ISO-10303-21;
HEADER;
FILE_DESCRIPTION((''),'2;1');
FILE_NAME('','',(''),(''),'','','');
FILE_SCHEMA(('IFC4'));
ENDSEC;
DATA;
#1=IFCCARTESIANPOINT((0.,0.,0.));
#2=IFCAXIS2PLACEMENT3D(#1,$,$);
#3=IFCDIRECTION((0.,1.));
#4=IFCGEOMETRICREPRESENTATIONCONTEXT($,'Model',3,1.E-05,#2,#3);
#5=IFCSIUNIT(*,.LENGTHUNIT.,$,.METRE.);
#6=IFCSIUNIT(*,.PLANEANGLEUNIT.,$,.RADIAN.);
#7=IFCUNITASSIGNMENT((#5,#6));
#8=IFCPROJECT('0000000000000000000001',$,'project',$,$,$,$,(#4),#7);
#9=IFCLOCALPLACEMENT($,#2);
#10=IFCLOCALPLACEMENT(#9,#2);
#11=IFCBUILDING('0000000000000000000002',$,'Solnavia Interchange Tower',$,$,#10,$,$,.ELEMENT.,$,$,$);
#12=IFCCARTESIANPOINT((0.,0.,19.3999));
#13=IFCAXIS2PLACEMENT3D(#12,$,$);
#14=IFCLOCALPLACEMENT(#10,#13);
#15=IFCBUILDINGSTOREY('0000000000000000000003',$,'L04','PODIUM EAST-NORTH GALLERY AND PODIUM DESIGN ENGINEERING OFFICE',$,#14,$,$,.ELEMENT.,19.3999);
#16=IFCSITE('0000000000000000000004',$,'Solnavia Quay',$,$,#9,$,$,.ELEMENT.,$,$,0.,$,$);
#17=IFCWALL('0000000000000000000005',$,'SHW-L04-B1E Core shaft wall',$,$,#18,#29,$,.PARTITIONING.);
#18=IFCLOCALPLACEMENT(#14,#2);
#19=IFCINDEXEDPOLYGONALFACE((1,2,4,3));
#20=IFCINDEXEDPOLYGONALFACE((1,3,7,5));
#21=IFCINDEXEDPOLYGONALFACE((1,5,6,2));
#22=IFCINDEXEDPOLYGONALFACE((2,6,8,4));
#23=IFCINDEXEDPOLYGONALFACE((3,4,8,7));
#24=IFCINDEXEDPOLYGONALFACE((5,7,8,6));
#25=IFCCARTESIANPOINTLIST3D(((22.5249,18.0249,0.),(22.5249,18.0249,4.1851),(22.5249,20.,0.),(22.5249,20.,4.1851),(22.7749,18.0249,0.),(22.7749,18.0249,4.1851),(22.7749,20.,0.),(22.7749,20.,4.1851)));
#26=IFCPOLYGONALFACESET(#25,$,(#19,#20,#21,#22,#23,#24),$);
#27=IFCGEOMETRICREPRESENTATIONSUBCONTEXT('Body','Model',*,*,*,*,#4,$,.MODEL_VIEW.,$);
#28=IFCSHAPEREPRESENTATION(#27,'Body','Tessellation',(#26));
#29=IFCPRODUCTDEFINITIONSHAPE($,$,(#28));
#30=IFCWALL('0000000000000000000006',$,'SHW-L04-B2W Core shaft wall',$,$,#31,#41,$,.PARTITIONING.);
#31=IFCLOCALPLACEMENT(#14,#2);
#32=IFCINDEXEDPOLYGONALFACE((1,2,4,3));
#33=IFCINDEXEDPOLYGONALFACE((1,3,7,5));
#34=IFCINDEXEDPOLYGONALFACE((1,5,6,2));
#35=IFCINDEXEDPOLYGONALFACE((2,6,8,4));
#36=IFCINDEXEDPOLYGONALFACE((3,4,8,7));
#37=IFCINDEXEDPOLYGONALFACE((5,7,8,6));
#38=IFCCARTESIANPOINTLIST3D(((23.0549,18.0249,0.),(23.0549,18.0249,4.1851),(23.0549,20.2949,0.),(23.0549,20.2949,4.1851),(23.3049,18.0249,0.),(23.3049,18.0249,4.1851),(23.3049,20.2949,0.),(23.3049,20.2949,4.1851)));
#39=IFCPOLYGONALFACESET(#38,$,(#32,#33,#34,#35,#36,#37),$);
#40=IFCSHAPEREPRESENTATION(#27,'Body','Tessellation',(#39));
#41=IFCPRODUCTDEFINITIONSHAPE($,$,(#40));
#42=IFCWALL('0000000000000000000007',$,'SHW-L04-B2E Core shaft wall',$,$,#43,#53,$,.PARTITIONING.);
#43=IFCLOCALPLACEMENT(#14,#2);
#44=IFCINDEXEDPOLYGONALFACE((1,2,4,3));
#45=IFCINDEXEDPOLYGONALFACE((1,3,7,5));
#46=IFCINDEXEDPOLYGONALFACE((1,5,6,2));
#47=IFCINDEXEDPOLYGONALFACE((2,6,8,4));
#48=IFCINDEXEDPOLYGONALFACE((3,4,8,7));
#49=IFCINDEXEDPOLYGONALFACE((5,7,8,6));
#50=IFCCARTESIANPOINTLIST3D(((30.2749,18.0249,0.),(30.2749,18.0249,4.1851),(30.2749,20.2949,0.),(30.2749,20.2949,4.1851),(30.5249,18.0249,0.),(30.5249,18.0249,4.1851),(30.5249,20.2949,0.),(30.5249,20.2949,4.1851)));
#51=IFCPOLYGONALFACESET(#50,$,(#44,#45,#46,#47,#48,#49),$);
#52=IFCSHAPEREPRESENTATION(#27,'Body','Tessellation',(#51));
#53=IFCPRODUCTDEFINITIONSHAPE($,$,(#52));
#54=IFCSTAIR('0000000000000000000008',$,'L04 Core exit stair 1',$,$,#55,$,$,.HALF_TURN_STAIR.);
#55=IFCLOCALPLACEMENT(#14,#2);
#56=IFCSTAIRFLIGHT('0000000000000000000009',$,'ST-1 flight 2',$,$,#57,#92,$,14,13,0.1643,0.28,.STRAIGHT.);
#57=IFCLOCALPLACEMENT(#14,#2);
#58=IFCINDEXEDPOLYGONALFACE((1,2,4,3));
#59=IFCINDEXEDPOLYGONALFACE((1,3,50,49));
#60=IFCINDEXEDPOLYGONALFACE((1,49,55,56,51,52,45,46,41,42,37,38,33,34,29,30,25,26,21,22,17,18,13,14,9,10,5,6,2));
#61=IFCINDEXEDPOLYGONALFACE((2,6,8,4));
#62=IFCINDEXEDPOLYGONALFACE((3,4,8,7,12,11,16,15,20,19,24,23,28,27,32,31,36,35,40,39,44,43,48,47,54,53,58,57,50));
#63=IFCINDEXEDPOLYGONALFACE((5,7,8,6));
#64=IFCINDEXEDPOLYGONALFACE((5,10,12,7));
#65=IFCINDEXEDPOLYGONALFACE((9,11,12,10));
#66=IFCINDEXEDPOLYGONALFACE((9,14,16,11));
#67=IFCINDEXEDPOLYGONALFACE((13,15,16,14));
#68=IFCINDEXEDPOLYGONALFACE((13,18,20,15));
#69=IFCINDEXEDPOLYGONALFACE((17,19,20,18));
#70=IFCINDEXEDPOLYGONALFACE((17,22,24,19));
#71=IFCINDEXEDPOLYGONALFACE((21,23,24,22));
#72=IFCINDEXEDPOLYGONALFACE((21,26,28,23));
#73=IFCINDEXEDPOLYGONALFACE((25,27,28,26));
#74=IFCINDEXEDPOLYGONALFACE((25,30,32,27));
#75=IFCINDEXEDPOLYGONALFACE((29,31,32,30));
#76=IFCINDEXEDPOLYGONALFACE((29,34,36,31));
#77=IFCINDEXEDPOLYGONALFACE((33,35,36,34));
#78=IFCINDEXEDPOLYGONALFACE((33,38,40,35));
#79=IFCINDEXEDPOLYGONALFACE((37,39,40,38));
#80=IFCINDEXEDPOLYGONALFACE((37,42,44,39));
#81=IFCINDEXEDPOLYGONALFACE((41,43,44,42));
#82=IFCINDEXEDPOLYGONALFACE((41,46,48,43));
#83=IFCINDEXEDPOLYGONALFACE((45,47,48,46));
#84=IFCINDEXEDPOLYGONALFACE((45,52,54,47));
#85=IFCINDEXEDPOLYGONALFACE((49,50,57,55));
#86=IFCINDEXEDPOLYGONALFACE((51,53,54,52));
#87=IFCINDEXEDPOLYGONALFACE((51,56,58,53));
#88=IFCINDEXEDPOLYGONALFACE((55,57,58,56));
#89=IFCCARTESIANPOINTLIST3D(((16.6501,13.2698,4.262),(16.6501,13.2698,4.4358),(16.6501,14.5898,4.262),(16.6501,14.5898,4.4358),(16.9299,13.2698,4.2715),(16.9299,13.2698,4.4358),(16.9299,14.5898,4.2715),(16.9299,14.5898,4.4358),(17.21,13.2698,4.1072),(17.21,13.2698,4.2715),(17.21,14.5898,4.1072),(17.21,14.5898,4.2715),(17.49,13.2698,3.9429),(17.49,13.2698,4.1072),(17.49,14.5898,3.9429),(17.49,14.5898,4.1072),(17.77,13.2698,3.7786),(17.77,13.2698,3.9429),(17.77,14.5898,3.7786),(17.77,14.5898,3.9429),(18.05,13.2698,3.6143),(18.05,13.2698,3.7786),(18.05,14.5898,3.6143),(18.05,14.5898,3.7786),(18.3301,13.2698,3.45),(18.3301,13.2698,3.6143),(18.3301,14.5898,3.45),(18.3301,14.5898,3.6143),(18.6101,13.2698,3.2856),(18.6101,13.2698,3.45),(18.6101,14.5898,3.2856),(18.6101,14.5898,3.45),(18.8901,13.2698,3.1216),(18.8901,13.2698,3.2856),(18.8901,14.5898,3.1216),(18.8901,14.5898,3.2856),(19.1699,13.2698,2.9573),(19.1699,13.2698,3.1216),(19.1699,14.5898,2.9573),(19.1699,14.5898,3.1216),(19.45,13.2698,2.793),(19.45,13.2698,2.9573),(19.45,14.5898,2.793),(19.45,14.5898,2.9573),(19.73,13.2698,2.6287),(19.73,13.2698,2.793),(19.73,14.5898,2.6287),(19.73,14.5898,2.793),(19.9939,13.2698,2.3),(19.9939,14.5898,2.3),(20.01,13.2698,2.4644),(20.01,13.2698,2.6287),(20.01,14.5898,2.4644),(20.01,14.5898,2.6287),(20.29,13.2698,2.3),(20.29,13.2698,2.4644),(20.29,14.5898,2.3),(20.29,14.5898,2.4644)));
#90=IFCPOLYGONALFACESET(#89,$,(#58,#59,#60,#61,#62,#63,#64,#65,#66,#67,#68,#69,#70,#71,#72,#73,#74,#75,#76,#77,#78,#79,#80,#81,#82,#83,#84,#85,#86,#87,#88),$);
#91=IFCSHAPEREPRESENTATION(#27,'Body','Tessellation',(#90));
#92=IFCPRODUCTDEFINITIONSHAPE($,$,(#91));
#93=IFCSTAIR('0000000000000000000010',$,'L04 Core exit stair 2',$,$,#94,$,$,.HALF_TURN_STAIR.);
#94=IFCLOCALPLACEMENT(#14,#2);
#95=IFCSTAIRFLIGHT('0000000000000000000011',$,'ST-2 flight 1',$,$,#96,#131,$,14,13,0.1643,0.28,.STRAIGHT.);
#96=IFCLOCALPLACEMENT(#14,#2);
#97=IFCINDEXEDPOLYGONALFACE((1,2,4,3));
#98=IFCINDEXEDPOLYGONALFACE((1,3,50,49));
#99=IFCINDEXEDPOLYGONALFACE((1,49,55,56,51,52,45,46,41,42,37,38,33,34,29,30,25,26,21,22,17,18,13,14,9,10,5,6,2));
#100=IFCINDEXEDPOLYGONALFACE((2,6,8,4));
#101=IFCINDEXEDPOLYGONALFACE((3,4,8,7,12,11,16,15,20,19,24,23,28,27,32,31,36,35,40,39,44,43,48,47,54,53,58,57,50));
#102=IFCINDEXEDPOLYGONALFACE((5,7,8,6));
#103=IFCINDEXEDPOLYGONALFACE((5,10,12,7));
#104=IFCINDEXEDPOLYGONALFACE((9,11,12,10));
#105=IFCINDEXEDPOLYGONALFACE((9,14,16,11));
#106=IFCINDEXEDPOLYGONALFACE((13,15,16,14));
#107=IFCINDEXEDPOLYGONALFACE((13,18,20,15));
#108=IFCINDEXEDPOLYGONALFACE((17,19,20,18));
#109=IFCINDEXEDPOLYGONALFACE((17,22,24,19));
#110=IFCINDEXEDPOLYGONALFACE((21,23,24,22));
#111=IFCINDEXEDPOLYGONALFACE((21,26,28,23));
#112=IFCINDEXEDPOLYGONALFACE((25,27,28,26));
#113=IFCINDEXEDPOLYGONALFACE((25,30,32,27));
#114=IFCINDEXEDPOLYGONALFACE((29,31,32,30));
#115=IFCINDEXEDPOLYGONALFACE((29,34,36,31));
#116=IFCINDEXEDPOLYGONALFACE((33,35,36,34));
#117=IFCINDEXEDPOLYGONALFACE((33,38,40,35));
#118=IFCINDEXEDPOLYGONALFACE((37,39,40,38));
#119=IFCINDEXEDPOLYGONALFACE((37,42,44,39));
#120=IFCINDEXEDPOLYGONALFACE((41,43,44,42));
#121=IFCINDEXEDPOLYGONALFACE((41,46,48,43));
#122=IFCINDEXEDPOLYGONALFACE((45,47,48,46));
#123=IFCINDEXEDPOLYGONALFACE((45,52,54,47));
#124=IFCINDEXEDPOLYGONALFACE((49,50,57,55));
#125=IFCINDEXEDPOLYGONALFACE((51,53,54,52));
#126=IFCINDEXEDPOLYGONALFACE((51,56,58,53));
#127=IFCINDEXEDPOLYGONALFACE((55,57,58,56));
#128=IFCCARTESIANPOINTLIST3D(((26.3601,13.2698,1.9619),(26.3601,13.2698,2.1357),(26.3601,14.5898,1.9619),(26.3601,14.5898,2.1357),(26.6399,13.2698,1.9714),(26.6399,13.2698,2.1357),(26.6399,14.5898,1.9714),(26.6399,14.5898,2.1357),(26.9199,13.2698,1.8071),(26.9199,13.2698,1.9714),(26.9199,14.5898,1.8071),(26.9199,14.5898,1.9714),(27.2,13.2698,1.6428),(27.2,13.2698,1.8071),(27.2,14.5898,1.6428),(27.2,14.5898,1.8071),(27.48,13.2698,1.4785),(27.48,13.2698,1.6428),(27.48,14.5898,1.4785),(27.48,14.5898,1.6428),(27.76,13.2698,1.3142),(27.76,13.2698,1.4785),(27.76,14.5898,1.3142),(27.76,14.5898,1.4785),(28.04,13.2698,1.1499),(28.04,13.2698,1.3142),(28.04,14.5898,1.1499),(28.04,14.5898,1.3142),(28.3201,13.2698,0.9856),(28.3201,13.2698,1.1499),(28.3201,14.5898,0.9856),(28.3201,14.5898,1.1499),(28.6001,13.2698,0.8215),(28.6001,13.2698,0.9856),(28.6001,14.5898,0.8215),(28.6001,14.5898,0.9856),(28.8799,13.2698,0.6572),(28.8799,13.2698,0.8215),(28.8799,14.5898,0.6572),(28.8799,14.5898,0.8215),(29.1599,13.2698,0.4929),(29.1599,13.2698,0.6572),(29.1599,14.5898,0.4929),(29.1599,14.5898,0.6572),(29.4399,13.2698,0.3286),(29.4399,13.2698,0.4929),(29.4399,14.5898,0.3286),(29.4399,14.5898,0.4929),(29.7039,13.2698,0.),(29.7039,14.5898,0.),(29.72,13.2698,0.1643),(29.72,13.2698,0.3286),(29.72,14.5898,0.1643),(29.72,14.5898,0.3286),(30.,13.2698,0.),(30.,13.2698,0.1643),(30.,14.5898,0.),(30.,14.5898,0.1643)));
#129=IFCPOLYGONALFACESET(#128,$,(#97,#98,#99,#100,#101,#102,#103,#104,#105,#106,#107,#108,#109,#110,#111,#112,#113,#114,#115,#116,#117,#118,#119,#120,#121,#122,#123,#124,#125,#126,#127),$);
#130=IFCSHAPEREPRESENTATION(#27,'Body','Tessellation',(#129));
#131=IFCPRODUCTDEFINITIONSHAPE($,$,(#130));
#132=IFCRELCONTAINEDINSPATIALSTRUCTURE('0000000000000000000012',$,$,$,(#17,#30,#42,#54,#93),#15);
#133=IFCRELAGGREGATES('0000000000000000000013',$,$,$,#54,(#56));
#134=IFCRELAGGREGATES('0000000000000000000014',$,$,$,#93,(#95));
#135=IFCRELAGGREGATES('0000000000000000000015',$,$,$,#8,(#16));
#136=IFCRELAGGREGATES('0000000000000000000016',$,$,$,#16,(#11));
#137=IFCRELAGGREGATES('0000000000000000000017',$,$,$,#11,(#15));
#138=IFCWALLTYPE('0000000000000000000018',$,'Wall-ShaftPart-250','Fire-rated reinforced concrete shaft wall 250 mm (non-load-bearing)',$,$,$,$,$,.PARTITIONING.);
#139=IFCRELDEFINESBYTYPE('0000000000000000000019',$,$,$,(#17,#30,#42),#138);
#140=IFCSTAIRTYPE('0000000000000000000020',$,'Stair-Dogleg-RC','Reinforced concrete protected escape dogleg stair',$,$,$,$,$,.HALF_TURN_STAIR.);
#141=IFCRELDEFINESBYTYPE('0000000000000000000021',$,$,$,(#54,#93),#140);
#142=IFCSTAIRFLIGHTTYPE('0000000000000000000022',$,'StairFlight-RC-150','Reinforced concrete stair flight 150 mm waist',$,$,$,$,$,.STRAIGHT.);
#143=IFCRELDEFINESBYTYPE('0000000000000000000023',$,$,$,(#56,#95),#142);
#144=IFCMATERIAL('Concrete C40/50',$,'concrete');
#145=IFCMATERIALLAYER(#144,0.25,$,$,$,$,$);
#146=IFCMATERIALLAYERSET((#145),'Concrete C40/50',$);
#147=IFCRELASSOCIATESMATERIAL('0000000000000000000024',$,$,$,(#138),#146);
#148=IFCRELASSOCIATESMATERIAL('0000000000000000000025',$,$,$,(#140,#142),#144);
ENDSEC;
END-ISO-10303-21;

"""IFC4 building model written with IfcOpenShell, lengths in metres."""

from ifc_helpers import new_model, si_unit, direction, frame, frame_2d, origin, place, context, subcontext, project, spatial, polyline, rectangle, outline, extrude, material, layer, layer_set, type_object, element, aggregate, save


model = new_model("IFC4")

# Units and contexts
model_context = context("Model", 3, precision=1e-05, world=origin(), true_north=direction((0.0, 1.0)))
body_context = subcontext(model_context, "Body", "Model", "MODEL_VIEW")
ifc_project = project(units=[si_unit("LENGTHUNIT", "METRE"), si_unit("PLANEANGLEUNIT", "RADIAN")], contexts=[model_context])

# Site, building, storey
site_placement = place(None, origin())
site = spatial("IfcSite", under=ifc_project, at=site_placement, Name="Solnavia Quay", CompositionType="ELEMENT", RefElevation=0.0)
building_placement = place(site_placement, origin())
building = spatial("IfcBuilding", under=site, at=building_placement, Name="Solnavia Interchange Tower", CompositionType="ELEMENT")
storey_placement = place(building_placement, frame((0.0, 0.0, 19.3999)))
storey = spatial("IfcBuildingStorey", under=building, at=storey_placement, Name="L04", Description="PODIUM EAST-NORTH GALLERY AND PODIUM DESIGN ENGINEERING OFFICE", CompositionType="ELEMENT", Elevation=19.3999)

# Shared definitions
ifc_material_1 = material(Name="Concrete C40/50", Category="concrete")
ifc_layer_1 = layer(ifc_material_1, 0.25)
ifc_layer_set_1 = layer_set([ifc_layer_1], Name="Concrete C40/50")
wall_type_1 = type_object("IfcWallType", Name="Wall-ShaftPart-250", Description="Fire-rated reinforced concrete shaft wall 250 mm (non-load-bearing)", PredefinedType="PARTITIONING", material=ifc_layer_set_1)

# Walls
wall_1_placement = place(storey_placement, frame((22.6499, 18.0249, 0.0), z_axis=(0.0, 0.0, 1.0), x_axis=(0.0, 1.0, 0.0)))
element("IfcWall", 1, at=wall_1_placement, inside=storey, type_object=wall_type_1, Name="SHW-L04-B1E Core shaft wall", PredefinedType="PARTITIONING", context=body_context, shape_type="SweptSolid", body=[
    extrude(rectangle(XDim=1.9751, YDim=0.25, at=frame_2d((0.9875, 0.0))), origin(), (0.0, 0.0, 1.0), 4.1851),
])
for number, where, z_axis, x_axis, name in (
    (2, (23.1799, 18.0249, 0.0), (0.0, 0.0, 1.0), (0.0, 1.0, 0.0), "SHW-L04-B2W Core shaft wall"),
    (3, (30.3999, 18.0249, 0.0), (0.0, 0.0, 1.0), (0.0, 1.0, 0.0), "SHW-L04-B2E Core shaft wall"),
):
    element("IfcWall", number, at=place(storey_placement, frame(where, z_axis=z_axis, x_axis=x_axis)), inside=storey, type_object=wall_type_1, Name=name, PredefinedType="PARTITIONING", context=body_context, shape_type="SweptSolid", body=[
        extrude(rectangle(XDim=2.27, YDim=0.25, at=frame_2d((1.135, 0.0))), origin(), (0.0, 0.0, 1.0), 4.1851),
    ])

# Stairs, stair flights
stair_type = type_object("IfcStairType", Name="Stair-Dogleg-RC", Description="Reinforced concrete protected escape dogleg stair", PredefinedType="HALF_TURN_STAIR", material=ifc_material_1)
stair_1_placement = place(storey_placement, origin())
stair_1 = element("IfcStair", 4, at=stair_1_placement, inside=storey, type_object=stair_type, Name="L04 Core exit stair 1", PredefinedType="HALF_TURN_STAIR")
stair_flight_type = type_object("IfcStairFlightType", Name="StairFlight-RC-150", Description="Reinforced concrete stair flight 150 mm waist", PredefinedType="STRAIGHT", material=ifc_material_1)
stair_flight_1_placement = place(storey_placement, frame((20.29, 13.9299, 2.3), z_axis=(0.0, 0.0, 1.0), x_axis=(-1.0, 0.0, 0.0)))
stair_flight_1 = element("IfcStairFlight", 5, at=stair_flight_1_placement, type_object=stair_flight_type, Name="ST-1 flight 2", NumberOfRisers=14, NumberOfTreads=13, PredefinedType="STRAIGHT", RiserHeight=0.1643, TreadLength=0.28, context=body_context, shape_type="SweptSolid", body=[
    extrude(outline(polyline([(0.0, 0.0), (0.0, 0.1643), (0.28, 0.1643), (0.28, 0.3286), (0.5601, 0.3286), (0.5601, 0.4929), (0.8401, 0.4929), (0.8401, 0.6572), (1.1201, 0.6572), (1.1201, 0.8215), (1.3999, 0.8215), (1.3999, 0.9856), (1.6799, 0.9856), (1.6799, 1.1499), (1.96, 1.1499), (1.96, 1.3142), (2.24, 1.3142), (2.24, 1.4785), (2.52, 1.4785), (2.52, 1.6428), (2.8, 1.6428), (2.8, 1.8071), (3.0801, 1.8071), (3.0801, 1.9714), (3.3601, 1.9714), (3.3601, 2.1357), (3.6399, 2.1357), (3.6399, 2.3), (3.6399, 1.9619), (0.2961, 0.0), (0.0, 0.0)])), frame((0.0, 0.6602, 0.0), z_axis=(0.0, -1.0, 0.0), x_axis=(1.0, 0.0, 0.0)), (0.0, 0.0, 1.0), 1.3201),
])
aggregate(stair_1, [stair_flight_1])
stair_2_placement = place(storey_placement, origin())
stair_2 = element("IfcStair", 6, at=stair_2_placement, inside=storey, type_object=stair_type, Name="L04 Core exit stair 2", PredefinedType="HALF_TURN_STAIR")
stair_flight_2_placement = place(storey_placement, frame((30.0, 13.9299, 0.0), z_axis=(0.0, 0.0, 1.0), x_axis=(-1.0, 0.0, 0.0)))
stair_flight_2 = element("IfcStairFlight", 7, at=stair_flight_2_placement, type_object=stair_flight_type, Name="ST-2 flight 1", NumberOfRisers=14, NumberOfTreads=13, PredefinedType="STRAIGHT", RiserHeight=0.1643, TreadLength=0.28, context=body_context, shape_type="SweptSolid", body=[
    extrude(outline(polyline([(0.0, 0.0), (0.0, 0.1643), (0.28, 0.1643), (0.28, 0.3286), (0.5601, 0.3286), (0.5601, 0.4929), (0.8401, 0.4929), (0.8401, 0.6572), (1.1201, 0.6572), (1.1201, 0.8215), (1.3999, 0.8215), (1.3999, 0.9856), (1.6799, 0.9856), (1.6799, 1.1499), (1.96, 1.1499), (1.96, 1.3142), (2.24, 1.3142), (2.24, 1.4785), (2.52, 1.4785), (2.52, 1.6428), (2.8, 1.6428), (2.8, 1.8071), (3.0801, 1.8071), (3.0801, 1.9714), (3.3601, 1.9714), (3.3601, 2.1357), (3.6399, 2.1357), (3.6399, 2.3), (3.6399, 1.9619), (0.2961, 0.0), (0.0, 0.0)])), frame((0.0, 0.6602, 0.0), z_axis=(0.0, -1.0, 0.0), x_axis=(1.0, 0.0, 0.0)), (0.0, 0.0, 1.0), 1.3201),
])
aggregate(stair_2, [stair_flight_2])

save(model, "model.ifc")
